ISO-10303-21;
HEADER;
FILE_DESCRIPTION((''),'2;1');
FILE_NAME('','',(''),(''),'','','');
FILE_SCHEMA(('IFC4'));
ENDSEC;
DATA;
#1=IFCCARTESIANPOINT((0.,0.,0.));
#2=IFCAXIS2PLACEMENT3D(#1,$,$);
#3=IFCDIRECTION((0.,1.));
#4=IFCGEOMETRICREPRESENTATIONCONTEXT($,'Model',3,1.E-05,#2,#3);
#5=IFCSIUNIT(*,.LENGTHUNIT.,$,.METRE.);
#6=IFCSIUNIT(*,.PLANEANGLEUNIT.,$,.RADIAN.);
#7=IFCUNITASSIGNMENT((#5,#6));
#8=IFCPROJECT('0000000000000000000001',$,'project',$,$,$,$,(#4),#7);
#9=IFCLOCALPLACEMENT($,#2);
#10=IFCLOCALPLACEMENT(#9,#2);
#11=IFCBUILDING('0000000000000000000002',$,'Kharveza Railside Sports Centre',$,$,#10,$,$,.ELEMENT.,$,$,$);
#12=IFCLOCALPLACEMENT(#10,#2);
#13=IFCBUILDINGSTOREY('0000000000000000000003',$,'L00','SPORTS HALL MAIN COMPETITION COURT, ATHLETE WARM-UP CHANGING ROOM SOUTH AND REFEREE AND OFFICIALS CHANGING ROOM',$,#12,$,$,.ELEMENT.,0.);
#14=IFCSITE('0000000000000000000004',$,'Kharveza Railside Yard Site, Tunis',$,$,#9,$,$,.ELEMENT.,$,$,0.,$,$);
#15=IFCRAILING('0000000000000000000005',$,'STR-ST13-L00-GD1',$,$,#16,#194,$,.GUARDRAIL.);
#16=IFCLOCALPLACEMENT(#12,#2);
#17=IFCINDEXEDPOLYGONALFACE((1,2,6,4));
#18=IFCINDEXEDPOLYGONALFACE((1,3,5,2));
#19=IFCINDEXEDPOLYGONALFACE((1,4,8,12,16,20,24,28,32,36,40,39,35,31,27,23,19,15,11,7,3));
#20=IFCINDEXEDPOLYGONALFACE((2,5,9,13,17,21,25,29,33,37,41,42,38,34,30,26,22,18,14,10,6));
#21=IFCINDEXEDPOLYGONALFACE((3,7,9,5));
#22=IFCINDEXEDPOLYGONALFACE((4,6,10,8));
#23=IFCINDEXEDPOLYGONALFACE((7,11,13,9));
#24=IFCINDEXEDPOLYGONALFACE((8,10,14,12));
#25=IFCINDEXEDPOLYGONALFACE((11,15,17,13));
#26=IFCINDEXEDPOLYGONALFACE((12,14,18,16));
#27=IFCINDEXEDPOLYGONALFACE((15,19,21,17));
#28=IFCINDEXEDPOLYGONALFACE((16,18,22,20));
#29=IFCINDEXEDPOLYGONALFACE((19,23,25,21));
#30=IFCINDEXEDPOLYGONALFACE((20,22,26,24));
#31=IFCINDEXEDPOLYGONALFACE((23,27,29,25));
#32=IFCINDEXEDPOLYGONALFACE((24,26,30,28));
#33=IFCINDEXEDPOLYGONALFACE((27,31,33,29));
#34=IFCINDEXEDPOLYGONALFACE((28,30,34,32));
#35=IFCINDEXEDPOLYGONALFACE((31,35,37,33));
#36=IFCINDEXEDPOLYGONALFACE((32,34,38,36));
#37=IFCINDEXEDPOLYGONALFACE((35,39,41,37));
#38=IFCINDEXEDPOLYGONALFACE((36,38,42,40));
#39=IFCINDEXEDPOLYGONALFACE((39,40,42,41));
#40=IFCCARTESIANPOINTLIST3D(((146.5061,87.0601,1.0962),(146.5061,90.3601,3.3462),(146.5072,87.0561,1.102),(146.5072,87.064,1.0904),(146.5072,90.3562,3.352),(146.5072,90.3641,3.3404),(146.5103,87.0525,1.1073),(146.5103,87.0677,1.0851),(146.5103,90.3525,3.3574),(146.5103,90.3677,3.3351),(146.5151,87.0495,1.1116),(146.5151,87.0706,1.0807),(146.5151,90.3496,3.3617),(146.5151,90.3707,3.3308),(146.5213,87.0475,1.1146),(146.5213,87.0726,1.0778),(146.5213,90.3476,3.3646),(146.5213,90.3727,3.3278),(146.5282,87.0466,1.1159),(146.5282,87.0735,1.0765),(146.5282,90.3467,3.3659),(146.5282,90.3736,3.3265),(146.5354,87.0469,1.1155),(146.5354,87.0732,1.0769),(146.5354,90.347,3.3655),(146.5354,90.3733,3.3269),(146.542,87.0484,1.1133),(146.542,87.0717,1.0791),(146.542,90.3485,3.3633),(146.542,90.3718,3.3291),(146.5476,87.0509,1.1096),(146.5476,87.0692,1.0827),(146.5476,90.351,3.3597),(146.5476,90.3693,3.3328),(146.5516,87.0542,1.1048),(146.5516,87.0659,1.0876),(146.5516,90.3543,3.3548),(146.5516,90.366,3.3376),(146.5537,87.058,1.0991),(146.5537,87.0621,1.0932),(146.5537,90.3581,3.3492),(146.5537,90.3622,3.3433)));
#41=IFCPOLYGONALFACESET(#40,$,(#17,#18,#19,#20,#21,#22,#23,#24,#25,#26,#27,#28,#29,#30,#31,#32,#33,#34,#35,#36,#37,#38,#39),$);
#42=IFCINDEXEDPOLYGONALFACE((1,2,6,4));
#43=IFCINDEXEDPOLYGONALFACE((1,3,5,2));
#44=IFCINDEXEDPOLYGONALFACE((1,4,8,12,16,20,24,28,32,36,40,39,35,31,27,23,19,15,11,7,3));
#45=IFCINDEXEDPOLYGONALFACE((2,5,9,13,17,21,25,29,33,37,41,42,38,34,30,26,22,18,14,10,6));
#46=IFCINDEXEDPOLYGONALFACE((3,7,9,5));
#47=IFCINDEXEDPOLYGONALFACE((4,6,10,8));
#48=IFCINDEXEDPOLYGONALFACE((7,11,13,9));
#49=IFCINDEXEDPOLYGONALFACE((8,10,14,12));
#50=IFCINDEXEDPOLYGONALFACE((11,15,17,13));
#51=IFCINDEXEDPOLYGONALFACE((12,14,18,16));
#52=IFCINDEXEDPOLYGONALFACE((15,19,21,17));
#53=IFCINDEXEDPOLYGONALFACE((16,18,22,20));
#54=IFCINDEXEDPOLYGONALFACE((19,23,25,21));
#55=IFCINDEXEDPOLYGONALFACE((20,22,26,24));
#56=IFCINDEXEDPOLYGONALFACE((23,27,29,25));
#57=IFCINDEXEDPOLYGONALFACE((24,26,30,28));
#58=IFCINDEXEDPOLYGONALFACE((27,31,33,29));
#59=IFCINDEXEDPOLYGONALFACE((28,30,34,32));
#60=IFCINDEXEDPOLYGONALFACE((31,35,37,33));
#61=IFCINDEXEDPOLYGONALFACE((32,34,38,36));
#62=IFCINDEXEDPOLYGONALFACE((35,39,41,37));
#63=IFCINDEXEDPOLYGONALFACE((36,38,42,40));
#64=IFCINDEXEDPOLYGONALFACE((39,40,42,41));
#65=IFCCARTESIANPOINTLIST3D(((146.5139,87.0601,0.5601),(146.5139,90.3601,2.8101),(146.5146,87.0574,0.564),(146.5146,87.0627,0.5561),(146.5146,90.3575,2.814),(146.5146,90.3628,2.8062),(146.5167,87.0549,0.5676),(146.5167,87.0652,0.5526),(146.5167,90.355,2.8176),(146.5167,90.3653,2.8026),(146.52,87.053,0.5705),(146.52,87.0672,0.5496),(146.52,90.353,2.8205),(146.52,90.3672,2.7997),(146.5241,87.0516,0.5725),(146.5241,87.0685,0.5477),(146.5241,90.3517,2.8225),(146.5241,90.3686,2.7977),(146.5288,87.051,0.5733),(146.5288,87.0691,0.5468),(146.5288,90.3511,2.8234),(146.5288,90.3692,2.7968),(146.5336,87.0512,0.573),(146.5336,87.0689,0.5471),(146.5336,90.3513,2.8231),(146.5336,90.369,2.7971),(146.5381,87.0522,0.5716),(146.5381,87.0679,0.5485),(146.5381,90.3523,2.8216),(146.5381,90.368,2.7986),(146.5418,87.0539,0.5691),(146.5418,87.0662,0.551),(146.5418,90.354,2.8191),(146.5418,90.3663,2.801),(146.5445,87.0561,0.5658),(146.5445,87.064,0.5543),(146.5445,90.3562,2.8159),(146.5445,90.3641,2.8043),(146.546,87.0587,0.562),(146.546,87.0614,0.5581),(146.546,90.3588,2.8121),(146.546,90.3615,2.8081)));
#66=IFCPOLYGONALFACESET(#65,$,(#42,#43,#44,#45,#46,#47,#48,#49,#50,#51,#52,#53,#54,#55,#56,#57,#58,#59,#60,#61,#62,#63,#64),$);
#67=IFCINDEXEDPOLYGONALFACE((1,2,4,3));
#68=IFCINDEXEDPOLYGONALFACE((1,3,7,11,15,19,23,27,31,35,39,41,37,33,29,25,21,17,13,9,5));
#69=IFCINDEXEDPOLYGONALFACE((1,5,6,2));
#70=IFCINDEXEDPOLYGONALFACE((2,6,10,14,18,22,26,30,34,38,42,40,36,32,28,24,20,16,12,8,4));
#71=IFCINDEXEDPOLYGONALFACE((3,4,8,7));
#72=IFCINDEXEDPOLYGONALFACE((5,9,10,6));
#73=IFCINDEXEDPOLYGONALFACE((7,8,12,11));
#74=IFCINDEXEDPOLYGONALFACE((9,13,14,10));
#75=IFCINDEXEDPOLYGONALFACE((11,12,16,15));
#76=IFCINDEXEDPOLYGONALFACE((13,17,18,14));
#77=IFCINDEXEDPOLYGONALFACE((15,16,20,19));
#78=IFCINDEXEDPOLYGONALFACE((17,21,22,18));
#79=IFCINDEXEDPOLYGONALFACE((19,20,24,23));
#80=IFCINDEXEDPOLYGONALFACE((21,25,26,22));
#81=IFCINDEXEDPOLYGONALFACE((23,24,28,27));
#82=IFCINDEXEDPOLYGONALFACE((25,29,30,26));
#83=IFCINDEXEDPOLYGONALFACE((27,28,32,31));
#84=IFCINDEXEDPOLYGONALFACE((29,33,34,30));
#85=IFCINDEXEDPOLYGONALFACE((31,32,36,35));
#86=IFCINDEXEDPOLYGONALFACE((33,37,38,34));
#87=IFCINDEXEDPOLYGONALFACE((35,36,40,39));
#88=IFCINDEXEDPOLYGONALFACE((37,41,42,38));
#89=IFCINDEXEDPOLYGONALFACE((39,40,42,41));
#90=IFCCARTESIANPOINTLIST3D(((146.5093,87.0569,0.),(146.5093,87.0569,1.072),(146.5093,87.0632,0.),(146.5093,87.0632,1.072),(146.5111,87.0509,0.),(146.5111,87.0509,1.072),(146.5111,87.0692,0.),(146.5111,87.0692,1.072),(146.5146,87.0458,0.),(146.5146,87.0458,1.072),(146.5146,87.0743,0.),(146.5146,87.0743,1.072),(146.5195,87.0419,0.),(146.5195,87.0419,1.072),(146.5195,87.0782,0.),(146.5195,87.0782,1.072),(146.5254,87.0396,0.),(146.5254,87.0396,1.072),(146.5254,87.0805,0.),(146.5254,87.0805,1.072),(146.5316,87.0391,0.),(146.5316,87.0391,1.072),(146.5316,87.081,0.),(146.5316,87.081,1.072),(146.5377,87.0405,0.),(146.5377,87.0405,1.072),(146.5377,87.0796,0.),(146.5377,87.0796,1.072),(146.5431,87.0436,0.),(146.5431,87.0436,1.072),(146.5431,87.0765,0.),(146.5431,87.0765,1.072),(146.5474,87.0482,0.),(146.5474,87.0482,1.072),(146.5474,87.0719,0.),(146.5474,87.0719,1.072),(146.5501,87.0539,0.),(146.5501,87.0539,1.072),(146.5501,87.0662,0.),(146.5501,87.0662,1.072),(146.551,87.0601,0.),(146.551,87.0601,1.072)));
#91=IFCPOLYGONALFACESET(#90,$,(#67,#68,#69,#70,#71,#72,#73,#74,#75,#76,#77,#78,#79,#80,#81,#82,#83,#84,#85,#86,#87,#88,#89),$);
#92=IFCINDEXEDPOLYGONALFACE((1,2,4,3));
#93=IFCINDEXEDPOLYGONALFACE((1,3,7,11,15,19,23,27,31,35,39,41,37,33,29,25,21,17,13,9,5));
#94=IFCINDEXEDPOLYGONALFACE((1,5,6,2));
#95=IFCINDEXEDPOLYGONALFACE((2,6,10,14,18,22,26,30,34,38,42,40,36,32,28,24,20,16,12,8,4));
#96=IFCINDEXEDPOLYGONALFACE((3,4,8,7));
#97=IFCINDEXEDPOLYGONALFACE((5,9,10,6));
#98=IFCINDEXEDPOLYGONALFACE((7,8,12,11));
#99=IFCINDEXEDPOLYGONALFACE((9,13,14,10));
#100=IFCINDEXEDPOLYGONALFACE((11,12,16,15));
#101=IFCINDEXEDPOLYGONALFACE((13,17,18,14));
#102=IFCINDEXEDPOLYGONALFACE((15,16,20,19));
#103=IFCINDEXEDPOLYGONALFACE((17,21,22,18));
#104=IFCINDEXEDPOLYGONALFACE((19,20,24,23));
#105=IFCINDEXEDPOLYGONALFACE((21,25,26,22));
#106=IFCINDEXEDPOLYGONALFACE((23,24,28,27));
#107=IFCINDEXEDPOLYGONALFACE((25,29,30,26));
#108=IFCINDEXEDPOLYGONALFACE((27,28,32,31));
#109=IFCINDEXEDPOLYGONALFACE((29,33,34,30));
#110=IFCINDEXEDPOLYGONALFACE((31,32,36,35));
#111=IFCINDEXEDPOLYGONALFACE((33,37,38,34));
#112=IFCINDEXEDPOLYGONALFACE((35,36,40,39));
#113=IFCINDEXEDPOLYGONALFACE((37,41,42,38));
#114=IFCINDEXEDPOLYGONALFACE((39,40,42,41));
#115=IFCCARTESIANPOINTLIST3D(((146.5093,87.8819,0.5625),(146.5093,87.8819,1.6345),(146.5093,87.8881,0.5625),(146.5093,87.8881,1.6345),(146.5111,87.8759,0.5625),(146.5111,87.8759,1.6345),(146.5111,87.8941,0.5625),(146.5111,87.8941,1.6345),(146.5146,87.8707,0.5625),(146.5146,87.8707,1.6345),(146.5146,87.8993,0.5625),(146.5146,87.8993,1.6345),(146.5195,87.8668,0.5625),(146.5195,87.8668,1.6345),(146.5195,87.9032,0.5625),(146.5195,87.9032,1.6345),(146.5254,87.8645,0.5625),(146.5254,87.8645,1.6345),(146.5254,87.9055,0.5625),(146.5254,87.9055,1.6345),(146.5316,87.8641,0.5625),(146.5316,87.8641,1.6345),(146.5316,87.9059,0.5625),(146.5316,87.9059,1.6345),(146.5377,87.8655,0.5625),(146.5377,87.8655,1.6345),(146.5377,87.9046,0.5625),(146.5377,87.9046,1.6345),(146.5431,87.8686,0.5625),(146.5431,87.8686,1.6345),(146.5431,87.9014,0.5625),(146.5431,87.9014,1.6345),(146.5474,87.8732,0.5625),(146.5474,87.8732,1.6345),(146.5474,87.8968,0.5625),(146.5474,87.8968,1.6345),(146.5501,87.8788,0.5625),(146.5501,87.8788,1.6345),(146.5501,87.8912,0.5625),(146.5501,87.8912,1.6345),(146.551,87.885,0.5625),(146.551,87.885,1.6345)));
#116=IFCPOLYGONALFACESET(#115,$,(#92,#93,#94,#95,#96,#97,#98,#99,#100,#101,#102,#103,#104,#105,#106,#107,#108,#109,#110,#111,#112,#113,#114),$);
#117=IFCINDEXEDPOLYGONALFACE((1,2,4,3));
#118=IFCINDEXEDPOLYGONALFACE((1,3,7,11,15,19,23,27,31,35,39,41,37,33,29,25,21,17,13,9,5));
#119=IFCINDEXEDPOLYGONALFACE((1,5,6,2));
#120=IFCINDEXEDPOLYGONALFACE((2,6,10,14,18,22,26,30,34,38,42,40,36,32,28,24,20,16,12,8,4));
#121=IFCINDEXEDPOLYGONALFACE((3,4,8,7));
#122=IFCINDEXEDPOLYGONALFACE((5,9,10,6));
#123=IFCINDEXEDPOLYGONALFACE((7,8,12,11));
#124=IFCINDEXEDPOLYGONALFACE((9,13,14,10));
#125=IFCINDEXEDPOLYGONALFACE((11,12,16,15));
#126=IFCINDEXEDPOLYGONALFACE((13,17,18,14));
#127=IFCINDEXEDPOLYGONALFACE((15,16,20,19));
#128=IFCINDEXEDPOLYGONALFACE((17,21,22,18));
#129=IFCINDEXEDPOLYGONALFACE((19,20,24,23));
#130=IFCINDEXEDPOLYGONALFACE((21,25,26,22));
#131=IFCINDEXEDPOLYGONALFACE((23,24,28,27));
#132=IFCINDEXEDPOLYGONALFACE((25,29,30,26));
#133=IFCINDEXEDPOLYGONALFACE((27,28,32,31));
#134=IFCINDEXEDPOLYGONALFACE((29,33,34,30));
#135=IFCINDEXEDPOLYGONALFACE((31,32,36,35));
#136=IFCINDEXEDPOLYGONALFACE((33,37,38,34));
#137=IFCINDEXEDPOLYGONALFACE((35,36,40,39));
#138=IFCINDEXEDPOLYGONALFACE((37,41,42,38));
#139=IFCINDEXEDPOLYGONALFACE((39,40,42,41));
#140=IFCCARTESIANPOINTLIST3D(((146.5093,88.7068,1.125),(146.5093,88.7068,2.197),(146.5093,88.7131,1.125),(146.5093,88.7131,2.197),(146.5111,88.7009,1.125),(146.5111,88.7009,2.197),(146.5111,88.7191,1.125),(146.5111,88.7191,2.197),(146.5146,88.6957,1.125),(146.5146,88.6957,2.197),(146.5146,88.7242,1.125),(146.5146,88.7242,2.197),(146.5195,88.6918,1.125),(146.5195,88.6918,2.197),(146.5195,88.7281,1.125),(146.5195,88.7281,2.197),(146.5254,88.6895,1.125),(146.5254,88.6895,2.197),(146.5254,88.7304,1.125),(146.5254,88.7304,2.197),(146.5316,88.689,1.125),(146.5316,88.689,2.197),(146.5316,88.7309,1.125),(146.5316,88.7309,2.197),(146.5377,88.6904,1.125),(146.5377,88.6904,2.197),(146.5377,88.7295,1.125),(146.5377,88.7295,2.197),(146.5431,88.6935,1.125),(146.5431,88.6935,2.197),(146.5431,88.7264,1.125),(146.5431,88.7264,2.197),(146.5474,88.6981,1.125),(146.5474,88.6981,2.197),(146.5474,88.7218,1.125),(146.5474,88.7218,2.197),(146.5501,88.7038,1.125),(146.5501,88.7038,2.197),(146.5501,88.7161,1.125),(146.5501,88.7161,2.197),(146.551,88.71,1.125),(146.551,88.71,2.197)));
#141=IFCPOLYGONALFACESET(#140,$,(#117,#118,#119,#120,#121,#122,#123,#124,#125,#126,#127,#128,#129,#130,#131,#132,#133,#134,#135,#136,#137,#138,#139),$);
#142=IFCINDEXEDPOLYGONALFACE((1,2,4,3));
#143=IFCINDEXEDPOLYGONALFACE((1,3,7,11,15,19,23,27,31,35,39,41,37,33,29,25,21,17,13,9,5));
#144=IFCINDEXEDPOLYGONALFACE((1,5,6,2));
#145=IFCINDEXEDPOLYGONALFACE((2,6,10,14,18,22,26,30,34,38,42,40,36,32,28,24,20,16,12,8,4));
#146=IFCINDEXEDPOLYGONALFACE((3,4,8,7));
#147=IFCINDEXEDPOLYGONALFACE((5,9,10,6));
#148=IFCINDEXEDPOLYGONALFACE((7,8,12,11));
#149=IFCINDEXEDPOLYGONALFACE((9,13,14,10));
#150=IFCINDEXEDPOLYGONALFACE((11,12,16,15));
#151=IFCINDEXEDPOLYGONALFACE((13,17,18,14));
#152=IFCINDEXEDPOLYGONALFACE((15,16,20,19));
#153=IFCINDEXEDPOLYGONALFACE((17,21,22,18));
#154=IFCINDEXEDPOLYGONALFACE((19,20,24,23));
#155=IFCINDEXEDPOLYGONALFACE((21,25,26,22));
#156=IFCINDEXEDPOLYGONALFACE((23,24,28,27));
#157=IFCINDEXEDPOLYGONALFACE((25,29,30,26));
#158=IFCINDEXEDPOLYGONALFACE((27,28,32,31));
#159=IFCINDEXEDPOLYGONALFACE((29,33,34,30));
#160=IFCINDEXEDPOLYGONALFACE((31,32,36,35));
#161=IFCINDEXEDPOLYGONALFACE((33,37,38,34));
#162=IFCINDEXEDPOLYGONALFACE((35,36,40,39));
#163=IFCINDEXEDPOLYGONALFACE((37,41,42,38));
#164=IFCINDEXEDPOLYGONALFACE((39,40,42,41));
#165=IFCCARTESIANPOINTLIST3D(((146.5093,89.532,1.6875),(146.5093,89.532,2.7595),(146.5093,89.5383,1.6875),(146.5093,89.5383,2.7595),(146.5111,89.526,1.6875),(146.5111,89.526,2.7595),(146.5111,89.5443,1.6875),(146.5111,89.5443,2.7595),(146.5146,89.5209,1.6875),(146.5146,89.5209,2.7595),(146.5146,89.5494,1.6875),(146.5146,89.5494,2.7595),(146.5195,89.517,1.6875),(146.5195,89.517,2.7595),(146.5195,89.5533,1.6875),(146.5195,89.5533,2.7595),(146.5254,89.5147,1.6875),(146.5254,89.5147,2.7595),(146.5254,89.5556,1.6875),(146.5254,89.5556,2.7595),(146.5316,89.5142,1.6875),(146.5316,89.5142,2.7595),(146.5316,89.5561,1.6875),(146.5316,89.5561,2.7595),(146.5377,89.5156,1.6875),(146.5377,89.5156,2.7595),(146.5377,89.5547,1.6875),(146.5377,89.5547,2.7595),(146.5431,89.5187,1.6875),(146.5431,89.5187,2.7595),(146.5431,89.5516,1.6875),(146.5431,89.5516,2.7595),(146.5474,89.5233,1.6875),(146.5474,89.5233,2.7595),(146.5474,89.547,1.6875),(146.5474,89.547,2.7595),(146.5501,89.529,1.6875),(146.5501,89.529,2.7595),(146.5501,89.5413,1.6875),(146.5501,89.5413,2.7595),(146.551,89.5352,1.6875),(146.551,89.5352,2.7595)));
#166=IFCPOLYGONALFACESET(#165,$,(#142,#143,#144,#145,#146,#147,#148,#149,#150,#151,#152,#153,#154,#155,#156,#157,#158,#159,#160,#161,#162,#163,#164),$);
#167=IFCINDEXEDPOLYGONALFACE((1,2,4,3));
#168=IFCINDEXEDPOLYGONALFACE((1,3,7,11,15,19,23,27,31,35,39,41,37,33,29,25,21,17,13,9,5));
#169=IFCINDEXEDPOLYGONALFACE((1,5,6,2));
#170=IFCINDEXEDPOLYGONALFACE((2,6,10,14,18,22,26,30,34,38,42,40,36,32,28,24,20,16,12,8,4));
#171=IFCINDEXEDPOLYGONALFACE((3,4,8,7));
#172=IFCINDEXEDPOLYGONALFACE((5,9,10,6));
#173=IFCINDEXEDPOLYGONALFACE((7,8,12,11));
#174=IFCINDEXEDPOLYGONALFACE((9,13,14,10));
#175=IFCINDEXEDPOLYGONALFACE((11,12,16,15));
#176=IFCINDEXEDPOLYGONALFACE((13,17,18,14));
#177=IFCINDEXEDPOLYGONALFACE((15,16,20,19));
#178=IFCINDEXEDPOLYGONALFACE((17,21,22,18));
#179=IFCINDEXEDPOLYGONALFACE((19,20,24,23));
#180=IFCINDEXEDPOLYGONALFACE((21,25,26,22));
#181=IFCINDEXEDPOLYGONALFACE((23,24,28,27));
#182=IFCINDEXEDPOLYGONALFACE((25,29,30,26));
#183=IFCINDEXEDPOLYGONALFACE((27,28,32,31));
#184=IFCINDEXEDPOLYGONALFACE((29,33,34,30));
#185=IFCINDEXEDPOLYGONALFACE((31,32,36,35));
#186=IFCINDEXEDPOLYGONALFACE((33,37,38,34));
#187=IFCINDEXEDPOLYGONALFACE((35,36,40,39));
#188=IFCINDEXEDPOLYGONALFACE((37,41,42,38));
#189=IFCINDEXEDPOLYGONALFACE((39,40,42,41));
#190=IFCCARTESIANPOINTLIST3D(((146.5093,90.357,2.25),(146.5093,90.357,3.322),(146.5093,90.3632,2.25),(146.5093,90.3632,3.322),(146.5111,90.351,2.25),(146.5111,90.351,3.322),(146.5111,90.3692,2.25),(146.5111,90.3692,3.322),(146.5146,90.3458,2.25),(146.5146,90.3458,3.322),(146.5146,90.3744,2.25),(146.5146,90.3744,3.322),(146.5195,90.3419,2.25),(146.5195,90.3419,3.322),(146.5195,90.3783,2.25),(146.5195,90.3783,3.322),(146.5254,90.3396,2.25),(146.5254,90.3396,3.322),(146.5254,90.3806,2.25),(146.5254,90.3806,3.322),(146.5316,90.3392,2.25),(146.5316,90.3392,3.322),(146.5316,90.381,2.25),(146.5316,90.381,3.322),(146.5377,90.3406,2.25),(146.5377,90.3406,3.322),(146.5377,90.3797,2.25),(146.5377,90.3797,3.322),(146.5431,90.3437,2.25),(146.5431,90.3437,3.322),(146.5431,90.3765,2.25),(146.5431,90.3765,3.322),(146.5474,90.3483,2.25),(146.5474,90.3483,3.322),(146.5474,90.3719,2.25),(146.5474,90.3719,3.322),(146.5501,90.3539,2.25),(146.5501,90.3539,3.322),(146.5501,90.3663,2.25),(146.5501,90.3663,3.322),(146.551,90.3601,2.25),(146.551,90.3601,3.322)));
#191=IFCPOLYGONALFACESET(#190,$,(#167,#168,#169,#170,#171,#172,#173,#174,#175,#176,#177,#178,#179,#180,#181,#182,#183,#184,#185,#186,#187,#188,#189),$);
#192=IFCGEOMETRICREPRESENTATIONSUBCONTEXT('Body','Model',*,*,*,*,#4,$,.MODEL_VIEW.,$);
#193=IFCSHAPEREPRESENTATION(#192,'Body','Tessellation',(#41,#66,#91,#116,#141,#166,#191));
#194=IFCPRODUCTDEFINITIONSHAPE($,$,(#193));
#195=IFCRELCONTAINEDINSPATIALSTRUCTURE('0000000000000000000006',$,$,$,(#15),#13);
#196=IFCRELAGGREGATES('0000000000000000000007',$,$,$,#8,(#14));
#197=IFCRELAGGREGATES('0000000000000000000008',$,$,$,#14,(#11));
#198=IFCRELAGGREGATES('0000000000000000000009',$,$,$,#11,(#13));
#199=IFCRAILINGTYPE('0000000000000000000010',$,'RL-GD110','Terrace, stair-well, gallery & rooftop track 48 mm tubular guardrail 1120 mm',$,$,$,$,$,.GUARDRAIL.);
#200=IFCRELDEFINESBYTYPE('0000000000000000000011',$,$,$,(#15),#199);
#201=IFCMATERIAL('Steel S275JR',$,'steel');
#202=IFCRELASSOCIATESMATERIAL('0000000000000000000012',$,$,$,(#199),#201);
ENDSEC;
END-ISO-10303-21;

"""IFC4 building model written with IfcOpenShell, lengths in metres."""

from ifc_helpers import new_model, si_unit, direction, frame, origin, origin_2d, place, context, subcontext, project, spatial, circle, extrude, material, type_object, element, save


model = new_model("IFC4")

# Units and contexts
model_context = context("Model", 3, precision=1e-05, world=origin(), true_north=direction((0.0, 1.0)))
body_context = subcontext(model_context, "Body", "Model", "MODEL_VIEW")
ifc_project = project(units=[si_unit("LENGTHUNIT", "METRE"), si_unit("PLANEANGLEUNIT", "RADIAN")], contexts=[model_context])

# Site, building, storey
site_placement = place(None, origin())
site = spatial("IfcSite", under=ifc_project, at=site_placement, Name="Kharveza Railside Yard Site, Tunis", CompositionType="ELEMENT", RefElevation=0.0)
building_placement = place(site_placement, origin())
building = spatial("IfcBuilding", under=site, at=building_placement, Name="Kharveza Railside Sports Centre", CompositionType="ELEMENT")
storey_placement = place(building_placement, origin())
storey = spatial("IfcBuildingStorey", under=building, at=storey_placement, Name="L00", Description="SPORTS HALL MAIN COMPETITION COURT, ATHLETE WARM-UP CHANGING ROOM SOUTH AND REFEREE AND OFFICIALS CHANGING ROOM", CompositionType="ELEMENT", Elevation=0.0)

# Railing
ifc_material_1 = material(Name="Steel S275JR", Category="steel")
railing_type_1 = type_object("IfcRailingType", Name="RL-GD110", Description="Terrace, stair-well, gallery & rooftop track 48 mm tubular guardrail 1120 mm", PredefinedType="GUARDRAIL", material=ifc_material_1)
railing_1_placement = place(storey_placement, frame((146.53, 87.0601, 0.0)))
element("IfcRailing", 1, at=railing_1_placement, inside=storey, type_object=railing_type_1, Name="STR-ST13-L00-GD1", PredefinedType="GUARDRAIL", context=body_context, shape_type="SweptSolid", body=[
    extrude(circle(Radius=0.0239, at=origin_2d()), frame((0.0, 0.0, 1.0962), z_axis=(0.0, 0.826231, 0.563331), x_axis=(-1.0, 0.0, 0.0)), (0.0, 0.0, 1.0), 3.9941),
    extrude(circle(Radius=0.0161, at=origin_2d()), frame((0.0, 0.0, 0.5601), z_axis=(0.0, 0.826231, 0.563331), x_axis=(-1.0, 0.0, 0.0)), (0.0, 0.0, 1.0), 3.9941),
    extrude(circle(Radius=0.021, at=origin_2d()), origin(), (0.0, 0.0, 1.0), 1.072),
    extrude(circle(Radius=0.021, at=origin_2d()), frame((0.0, 0.825, 0.5625)), (0.0, 0.0, 1.0), 1.072),
    extrude(circle(Radius=0.021, at=origin_2d()), frame((0.0, 1.6499, 1.125)), (0.0, 0.0, 1.0), 1.072),
    extrude(circle(Radius=0.021, at=origin_2d()), frame((0.0, 2.4751, 1.6875)), (0.0, 0.0, 1.0), 1.072),
    extrude(circle(Radius=0.021, at=origin_2d()), frame((0.0, 3.3, 2.25)), (0.0, 0.0, 1.0), 1.072),
])

save(model, "model.ifc")
